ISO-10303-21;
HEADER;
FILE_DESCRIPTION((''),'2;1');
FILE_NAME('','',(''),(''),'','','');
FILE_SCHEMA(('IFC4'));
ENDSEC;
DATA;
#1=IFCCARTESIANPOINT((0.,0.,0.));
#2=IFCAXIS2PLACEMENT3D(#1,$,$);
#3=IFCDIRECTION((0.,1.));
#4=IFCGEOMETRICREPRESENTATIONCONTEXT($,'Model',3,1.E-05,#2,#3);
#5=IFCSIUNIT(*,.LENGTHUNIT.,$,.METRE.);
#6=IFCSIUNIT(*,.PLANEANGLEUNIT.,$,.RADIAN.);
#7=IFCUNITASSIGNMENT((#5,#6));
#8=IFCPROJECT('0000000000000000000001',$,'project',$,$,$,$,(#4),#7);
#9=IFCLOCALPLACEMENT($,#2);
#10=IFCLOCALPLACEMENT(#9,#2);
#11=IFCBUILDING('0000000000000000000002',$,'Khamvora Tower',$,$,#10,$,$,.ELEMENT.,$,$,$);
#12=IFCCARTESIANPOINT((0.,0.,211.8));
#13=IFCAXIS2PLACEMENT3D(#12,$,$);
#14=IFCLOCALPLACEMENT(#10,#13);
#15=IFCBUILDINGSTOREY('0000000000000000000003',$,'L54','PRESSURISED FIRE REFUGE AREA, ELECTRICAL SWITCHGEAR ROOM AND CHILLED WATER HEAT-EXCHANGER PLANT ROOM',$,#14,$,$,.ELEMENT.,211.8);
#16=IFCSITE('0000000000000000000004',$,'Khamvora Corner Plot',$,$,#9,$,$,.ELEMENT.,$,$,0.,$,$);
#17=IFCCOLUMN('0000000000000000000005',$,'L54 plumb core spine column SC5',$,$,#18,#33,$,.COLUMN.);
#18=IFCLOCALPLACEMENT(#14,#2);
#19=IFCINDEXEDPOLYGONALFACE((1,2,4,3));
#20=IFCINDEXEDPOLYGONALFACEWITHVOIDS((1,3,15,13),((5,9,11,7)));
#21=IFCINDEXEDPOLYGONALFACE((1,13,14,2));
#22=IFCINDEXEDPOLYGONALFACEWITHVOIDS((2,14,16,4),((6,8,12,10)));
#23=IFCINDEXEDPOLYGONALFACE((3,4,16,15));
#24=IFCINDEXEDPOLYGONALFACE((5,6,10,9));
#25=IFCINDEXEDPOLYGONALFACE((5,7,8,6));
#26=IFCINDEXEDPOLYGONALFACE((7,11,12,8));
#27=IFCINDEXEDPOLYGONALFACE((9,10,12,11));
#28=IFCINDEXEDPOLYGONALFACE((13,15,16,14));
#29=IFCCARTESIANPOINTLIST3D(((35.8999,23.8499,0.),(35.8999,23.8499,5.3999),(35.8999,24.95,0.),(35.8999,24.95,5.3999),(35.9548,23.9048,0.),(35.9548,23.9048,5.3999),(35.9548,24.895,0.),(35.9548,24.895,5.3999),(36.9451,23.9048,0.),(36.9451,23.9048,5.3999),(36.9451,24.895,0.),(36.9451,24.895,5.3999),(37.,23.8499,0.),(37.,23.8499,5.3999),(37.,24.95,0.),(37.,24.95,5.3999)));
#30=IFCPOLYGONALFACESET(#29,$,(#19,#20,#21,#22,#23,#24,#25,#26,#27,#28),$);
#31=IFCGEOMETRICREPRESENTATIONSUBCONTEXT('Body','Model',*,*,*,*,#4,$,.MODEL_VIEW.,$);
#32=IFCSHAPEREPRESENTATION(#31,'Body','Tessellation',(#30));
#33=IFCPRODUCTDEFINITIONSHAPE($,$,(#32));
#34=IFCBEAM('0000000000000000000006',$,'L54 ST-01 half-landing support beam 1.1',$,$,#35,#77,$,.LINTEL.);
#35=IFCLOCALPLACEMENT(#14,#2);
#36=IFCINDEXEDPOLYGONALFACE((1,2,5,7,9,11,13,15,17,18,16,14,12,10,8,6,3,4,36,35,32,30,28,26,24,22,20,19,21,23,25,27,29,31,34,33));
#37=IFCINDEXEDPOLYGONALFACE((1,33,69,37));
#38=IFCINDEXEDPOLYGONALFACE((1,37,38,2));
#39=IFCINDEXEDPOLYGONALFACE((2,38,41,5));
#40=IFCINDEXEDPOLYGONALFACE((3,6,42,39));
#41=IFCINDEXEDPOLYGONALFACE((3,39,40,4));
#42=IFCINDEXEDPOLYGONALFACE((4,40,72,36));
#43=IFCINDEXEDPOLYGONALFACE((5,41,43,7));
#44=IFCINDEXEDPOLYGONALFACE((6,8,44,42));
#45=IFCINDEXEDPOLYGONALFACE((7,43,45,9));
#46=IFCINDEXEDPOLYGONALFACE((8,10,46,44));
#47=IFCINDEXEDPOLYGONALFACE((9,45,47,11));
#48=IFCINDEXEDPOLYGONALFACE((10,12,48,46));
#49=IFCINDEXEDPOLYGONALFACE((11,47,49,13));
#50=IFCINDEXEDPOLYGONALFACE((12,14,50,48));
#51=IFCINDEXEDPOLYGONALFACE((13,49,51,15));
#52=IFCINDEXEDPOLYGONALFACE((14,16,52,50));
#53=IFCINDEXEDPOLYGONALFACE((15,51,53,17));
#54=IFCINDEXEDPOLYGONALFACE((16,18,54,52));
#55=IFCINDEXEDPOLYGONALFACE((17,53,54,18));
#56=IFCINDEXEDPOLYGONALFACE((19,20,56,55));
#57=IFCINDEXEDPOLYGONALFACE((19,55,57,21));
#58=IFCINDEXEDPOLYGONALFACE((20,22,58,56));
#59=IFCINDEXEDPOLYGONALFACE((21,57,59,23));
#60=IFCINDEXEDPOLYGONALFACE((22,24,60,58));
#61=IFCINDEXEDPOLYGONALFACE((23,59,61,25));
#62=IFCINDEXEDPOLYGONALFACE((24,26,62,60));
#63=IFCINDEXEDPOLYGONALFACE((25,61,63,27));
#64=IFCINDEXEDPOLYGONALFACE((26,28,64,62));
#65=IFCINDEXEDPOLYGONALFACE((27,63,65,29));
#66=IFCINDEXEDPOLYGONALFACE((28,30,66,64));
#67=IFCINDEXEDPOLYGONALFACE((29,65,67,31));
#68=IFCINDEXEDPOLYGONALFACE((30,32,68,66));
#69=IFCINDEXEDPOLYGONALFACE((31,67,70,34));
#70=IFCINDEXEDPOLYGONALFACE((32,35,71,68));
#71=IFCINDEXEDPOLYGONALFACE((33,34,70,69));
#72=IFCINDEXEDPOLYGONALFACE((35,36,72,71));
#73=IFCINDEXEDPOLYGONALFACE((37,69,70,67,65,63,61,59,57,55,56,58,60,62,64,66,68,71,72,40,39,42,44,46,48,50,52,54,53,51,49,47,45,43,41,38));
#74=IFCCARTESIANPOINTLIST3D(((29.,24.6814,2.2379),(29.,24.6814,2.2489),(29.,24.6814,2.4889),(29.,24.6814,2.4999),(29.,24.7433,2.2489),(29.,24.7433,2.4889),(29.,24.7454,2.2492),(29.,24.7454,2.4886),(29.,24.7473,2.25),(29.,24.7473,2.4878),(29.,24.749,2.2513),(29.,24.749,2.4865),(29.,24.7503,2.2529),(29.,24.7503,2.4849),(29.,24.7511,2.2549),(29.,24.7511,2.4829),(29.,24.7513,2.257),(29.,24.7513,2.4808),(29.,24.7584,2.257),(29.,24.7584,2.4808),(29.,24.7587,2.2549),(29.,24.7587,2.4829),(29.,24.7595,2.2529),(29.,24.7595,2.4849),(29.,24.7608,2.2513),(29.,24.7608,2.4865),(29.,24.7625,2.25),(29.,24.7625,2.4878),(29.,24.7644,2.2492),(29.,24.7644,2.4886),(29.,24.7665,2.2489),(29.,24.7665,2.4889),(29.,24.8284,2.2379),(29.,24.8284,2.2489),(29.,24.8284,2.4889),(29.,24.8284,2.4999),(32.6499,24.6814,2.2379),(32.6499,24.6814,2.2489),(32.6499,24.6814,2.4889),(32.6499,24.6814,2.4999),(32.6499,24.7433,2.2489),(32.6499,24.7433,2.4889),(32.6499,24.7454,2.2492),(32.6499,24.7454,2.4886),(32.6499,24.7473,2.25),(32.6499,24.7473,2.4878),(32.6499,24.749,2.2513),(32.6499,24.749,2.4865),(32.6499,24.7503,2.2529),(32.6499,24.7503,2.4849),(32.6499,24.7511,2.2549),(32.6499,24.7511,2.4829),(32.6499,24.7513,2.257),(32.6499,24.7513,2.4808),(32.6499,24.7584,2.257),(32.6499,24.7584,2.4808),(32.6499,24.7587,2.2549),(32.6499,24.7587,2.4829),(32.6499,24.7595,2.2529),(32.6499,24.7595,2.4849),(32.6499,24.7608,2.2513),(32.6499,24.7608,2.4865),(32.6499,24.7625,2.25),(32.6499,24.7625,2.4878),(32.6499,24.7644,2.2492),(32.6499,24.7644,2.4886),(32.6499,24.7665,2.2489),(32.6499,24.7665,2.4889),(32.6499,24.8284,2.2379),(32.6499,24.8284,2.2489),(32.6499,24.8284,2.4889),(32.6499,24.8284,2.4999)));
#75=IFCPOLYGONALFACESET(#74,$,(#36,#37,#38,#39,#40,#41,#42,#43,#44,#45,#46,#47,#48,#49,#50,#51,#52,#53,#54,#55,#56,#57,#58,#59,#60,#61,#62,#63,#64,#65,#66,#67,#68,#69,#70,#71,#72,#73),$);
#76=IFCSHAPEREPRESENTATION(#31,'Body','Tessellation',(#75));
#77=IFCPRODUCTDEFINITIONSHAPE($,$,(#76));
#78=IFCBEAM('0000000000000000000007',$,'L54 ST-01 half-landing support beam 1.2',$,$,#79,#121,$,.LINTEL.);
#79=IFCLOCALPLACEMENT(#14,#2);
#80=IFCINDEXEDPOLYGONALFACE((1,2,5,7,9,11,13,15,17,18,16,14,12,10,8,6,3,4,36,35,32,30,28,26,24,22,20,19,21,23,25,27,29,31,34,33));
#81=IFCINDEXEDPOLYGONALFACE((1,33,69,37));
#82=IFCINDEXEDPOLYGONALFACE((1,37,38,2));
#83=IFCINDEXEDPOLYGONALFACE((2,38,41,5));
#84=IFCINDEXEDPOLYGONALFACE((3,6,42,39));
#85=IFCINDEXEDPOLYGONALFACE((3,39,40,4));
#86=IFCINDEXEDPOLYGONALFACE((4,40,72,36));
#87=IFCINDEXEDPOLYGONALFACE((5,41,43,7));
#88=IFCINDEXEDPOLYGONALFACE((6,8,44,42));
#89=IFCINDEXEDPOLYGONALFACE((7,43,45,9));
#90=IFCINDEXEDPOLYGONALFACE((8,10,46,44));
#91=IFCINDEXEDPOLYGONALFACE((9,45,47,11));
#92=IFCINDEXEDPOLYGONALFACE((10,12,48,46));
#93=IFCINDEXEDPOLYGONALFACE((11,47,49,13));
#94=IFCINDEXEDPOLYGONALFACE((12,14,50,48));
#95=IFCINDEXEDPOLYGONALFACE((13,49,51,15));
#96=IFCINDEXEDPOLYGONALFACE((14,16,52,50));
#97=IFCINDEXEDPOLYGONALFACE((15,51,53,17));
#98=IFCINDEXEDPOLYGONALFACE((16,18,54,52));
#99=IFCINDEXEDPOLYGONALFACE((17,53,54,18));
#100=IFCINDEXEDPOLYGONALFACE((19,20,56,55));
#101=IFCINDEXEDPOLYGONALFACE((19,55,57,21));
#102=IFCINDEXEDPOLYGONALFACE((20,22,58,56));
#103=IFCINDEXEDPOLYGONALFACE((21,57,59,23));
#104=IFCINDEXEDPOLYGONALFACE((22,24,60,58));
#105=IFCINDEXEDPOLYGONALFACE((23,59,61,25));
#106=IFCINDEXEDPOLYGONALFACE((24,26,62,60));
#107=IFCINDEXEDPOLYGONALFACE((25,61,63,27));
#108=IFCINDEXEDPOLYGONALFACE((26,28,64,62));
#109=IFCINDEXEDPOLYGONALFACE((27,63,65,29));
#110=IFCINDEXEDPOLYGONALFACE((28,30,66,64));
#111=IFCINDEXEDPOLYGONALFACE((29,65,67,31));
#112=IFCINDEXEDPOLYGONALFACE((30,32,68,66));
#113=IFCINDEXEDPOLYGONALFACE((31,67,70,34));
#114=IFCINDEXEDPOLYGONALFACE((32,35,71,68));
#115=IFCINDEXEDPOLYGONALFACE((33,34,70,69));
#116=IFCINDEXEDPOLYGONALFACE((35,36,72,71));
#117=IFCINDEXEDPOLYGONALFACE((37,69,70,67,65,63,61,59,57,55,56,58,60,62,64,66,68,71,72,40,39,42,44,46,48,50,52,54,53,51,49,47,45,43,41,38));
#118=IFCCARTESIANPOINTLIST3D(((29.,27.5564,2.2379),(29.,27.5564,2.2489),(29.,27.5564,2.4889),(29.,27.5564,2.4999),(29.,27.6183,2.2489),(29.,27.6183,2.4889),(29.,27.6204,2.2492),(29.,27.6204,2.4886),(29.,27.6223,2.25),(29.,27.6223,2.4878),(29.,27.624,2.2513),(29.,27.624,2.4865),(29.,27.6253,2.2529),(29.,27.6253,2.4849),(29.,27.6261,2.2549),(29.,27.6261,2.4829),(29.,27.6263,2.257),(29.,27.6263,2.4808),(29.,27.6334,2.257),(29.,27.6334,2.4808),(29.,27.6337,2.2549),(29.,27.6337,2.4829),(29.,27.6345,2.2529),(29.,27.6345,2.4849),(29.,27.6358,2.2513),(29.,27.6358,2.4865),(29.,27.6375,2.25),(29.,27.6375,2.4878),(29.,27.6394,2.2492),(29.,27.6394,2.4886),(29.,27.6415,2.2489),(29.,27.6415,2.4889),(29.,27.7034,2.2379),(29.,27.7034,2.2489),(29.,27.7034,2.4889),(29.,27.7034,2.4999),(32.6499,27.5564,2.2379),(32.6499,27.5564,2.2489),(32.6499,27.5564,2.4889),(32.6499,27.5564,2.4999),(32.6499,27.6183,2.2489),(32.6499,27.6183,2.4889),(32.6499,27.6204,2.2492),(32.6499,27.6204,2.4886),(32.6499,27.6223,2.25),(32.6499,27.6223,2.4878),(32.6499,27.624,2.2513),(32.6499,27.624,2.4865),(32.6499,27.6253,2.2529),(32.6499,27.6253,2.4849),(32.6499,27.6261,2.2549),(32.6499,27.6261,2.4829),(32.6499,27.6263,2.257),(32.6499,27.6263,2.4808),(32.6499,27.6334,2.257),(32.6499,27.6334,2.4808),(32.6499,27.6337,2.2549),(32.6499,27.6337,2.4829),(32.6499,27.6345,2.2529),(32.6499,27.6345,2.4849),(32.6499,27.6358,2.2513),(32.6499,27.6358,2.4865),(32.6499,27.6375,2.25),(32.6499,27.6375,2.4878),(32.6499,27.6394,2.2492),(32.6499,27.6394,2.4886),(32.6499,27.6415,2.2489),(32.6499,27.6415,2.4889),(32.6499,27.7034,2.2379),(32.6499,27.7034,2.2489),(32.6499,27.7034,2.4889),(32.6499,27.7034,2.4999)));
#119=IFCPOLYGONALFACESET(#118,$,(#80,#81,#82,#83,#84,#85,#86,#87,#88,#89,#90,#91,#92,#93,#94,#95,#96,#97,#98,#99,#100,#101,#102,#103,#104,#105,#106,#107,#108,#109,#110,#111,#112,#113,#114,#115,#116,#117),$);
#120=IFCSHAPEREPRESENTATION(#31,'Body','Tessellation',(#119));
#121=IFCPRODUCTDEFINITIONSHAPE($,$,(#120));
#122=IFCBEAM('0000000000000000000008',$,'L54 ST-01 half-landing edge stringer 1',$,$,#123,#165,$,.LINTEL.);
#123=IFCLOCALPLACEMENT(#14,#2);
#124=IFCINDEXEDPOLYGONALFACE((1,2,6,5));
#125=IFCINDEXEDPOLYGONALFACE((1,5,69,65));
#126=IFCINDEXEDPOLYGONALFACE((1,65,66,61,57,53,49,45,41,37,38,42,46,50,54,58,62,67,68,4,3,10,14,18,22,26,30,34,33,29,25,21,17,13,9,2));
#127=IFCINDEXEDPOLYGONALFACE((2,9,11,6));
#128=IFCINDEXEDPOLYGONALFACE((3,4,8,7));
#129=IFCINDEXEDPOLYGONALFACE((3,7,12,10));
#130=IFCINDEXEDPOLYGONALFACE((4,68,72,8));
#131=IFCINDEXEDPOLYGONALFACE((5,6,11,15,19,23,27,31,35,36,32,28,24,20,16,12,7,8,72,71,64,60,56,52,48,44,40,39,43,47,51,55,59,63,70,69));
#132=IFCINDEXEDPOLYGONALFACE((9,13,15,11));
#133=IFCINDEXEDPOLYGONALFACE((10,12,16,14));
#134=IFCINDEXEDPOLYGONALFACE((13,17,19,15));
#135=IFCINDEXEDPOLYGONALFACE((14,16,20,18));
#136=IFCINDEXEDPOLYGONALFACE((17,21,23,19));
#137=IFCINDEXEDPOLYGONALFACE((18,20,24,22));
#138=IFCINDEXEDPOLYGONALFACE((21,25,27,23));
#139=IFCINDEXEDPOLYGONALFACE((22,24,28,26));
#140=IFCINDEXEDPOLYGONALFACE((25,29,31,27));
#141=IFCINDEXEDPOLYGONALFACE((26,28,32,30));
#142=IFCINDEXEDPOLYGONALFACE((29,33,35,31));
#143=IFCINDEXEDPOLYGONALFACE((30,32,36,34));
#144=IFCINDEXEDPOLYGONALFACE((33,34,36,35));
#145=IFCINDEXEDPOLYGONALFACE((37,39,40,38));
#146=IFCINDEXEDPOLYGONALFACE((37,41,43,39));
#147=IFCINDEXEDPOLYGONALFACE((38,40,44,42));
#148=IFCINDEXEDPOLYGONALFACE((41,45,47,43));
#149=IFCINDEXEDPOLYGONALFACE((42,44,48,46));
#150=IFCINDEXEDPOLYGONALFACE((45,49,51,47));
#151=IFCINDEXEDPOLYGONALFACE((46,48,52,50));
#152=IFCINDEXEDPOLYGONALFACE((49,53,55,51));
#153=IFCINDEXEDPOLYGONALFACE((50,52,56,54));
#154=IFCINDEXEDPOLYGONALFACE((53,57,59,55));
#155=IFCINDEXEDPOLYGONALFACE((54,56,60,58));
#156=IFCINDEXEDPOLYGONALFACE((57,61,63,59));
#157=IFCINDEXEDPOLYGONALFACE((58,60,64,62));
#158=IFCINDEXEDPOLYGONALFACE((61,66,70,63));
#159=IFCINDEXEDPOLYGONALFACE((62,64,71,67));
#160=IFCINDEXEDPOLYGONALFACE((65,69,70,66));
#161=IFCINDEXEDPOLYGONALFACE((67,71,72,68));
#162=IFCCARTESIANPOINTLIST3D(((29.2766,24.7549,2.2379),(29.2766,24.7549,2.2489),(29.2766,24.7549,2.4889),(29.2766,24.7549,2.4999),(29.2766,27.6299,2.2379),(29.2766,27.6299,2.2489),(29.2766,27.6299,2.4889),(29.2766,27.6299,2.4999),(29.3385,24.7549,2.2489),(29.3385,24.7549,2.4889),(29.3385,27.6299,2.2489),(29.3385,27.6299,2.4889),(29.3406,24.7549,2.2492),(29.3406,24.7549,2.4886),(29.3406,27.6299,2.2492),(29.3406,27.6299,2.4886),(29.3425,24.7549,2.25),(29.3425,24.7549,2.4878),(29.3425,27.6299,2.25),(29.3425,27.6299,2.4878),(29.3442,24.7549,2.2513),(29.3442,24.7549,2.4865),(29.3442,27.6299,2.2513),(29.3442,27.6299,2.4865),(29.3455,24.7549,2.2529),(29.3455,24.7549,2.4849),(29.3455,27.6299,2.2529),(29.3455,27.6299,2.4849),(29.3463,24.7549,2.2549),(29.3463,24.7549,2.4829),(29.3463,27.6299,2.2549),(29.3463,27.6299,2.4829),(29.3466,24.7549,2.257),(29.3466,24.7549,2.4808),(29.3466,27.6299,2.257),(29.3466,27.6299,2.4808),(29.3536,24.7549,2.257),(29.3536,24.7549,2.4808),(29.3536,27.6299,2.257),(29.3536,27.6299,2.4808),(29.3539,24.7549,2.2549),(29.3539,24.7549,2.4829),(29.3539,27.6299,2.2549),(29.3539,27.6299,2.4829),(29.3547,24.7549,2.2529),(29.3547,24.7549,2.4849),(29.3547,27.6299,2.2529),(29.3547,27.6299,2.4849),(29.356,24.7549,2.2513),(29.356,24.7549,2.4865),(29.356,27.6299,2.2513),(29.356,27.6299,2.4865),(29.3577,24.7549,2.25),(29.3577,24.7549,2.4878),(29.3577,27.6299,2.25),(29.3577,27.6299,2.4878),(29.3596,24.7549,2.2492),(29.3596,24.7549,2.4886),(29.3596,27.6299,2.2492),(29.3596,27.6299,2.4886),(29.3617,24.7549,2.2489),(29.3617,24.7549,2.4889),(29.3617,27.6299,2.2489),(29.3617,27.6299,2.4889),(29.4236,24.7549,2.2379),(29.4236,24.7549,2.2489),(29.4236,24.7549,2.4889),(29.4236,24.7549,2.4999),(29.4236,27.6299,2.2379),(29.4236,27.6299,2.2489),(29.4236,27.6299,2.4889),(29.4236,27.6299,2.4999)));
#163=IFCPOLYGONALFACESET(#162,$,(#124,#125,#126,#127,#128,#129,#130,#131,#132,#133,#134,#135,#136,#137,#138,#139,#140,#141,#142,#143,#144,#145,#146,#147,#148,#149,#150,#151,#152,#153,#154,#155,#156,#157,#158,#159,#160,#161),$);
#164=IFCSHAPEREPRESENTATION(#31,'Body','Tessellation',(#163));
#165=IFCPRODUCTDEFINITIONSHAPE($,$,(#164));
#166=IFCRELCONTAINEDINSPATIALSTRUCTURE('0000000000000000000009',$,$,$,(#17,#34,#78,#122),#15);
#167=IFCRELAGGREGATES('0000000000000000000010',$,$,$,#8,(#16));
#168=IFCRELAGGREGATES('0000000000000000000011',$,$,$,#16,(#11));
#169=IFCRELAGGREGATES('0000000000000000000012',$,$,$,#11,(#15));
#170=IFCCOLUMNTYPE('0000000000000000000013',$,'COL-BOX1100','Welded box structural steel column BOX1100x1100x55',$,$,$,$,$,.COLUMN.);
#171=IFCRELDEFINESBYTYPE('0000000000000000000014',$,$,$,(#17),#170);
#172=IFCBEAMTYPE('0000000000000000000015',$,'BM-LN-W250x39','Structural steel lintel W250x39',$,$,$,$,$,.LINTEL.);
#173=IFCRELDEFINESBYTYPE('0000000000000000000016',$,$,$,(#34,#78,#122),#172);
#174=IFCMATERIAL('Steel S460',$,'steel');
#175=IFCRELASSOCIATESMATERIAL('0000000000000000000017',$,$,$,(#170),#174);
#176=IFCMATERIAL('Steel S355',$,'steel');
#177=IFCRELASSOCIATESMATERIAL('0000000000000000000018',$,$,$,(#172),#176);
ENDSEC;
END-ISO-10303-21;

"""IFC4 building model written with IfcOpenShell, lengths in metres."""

from ifc_helpers import new_model, si_unit, direction, frame, origin, origin_2d, place, context, subcontext, project, spatial, hollow_rectangle, i_section, extrude, material, material_profile, profile_set, type_object, element, save


model = new_model("IFC4")

# Units and contexts
model_context = context("Model", 3, precision=1e-05, world=origin(), true_north=direction((0.0, 1.0)))
body_context = subcontext(model_context, "Body", "Model", "MODEL_VIEW")
ifc_project = project(units=[si_unit("LENGTHUNIT", "METRE"), si_unit("PLANEANGLEUNIT", "RADIAN")], contexts=[model_context])

# Site, building, storey
site_placement = place(None, origin())
site = spatial("IfcSite", under=ifc_project, at=site_placement, Name="Khamvora Corner Plot", CompositionType="ELEMENT", RefElevation=0.0)
building_placement = place(site_placement, origin())
building = spatial("IfcBuilding", under=site, at=building_placement, Name="Khamvora Tower", CompositionType="ELEMENT")
storey_placement = place(building_placement, frame((0.0, 0.0, 211.8)))
storey = spatial("IfcBuildingStorey", under=building, at=storey_placement, Name="L54", Description="PRESSURISED FIRE REFUGE AREA, ELECTRICAL SWITCHGEAR ROOM AND CHILLED WATER HEAT-EXCHANGER PLANT ROOM", CompositionType="ELEMENT", Elevation=211.8)

# Column
ifc_material_1 = material(Name="Steel S460", Category="steel")
ifc_material_profile_1 = material_profile(ifc_material_1, hollow_rectangle(XDim=1.1001, YDim=1.1001, WallThickness=0.0549, at=origin_2d()), Name="BOX1100x1100x55")
ifc_profile_set_1 = profile_set([ifc_material_profile_1], Name="Steel S460")
column_type = type_object("IfcColumnType", Name="COL-BOX1100", Description="Welded box structural steel column BOX1100x1100x55", PredefinedType="COLUMN", material=ifc_profile_set_1)
column_placement = place(storey_placement, frame((36.45, 24.3999, 0.0), z_axis=(0.0, 0.0, 1.0), x_axis=(1.0, 0.0, 0.0)))
element("IfcColumn", 1, at=column_placement, inside=storey, type_object=column_type, Name="L54 plumb core spine column SC5", PredefinedType="COLUMN", context=body_context, shape_type="SweptSolid", body=[
    extrude(hollow_rectangle(XDim=1.1001, YDim=1.1001, WallThickness=0.0549, at=origin_2d()), origin(), (0.0, 0.0, 1.0), 5.3999),
])

# Beams
ifc_material_2 = material(Name="Steel S355", Category="steel")
ifc_material_profile_2 = material_profile(ifc_material_2, i_section(OverallWidth=0.147, OverallDepth=0.262, WebThickness=0.0071, FlangeThickness=0.011, FilletRadius=0.0081, at=origin_2d()), Name="W250x39")
ifc_profile_set_2 = profile_set([ifc_material_profile_2], Name="Steel S355")
beam_type_1 = type_object("IfcBeamType", Name="BM-LN-W250x39", Description="Structural steel lintel W250x39", PredefinedType="LINTEL", material=ifc_profile_set_2)
for number, where, z_axis, x_axis, name in (
    (2, (29.0, 24.7549, 2.3689), (1.0, 0.0, 0.0), (0.0, 1.0, 0.0), "L54 ST-01 half-landing support beam 1.1"),
    (3, (29.0, 27.6299, 2.3689), (1.0, 0.0, 0.0), (0.0, 1.0, 0.0), "L54 ST-01 half-landing support beam 1.2"),
):
    element("IfcBeam", number, at=place(storey_placement, frame(where, z_axis=z_axis, x_axis=x_axis)), inside=storey, type_object=beam_type_1, Name=name, PredefinedType="LINTEL", context=body_context, shape_type="SweptSolid", body=[
        extrude(i_section(OverallWidth=0.147, OverallDepth=0.262, WebThickness=0.0071, FlangeThickness=0.011, FilletRadius=0.0081, at=origin_2d()), origin(), (0.0, 0.0, 1.0), 3.6499),
    ])
beam_1_placement = place(storey_placement, frame((29.3501, 24.7549, 2.3689), z_axis=(0.0, 1.0, 0.0), x_axis=(-1.0, 0.0, 0.0)))
element("IfcBeam", 4, at=beam_1_placement, inside=storey, type_object=beam_type_1, Name="L54 ST-01 half-landing edge stringer 1", PredefinedType="LINTEL", context=body_context, shape_type="SweptSolid", body=[
    extrude(i_section(OverallWidth=0.147, OverallDepth=0.262, WebThickness=0.0071, FlangeThickness=0.011, FilletRadius=0.0081, at=origin_2d()), origin(), (0.0, 0.0, 1.0), 2.875),
])

save(model, "model.ifc")
